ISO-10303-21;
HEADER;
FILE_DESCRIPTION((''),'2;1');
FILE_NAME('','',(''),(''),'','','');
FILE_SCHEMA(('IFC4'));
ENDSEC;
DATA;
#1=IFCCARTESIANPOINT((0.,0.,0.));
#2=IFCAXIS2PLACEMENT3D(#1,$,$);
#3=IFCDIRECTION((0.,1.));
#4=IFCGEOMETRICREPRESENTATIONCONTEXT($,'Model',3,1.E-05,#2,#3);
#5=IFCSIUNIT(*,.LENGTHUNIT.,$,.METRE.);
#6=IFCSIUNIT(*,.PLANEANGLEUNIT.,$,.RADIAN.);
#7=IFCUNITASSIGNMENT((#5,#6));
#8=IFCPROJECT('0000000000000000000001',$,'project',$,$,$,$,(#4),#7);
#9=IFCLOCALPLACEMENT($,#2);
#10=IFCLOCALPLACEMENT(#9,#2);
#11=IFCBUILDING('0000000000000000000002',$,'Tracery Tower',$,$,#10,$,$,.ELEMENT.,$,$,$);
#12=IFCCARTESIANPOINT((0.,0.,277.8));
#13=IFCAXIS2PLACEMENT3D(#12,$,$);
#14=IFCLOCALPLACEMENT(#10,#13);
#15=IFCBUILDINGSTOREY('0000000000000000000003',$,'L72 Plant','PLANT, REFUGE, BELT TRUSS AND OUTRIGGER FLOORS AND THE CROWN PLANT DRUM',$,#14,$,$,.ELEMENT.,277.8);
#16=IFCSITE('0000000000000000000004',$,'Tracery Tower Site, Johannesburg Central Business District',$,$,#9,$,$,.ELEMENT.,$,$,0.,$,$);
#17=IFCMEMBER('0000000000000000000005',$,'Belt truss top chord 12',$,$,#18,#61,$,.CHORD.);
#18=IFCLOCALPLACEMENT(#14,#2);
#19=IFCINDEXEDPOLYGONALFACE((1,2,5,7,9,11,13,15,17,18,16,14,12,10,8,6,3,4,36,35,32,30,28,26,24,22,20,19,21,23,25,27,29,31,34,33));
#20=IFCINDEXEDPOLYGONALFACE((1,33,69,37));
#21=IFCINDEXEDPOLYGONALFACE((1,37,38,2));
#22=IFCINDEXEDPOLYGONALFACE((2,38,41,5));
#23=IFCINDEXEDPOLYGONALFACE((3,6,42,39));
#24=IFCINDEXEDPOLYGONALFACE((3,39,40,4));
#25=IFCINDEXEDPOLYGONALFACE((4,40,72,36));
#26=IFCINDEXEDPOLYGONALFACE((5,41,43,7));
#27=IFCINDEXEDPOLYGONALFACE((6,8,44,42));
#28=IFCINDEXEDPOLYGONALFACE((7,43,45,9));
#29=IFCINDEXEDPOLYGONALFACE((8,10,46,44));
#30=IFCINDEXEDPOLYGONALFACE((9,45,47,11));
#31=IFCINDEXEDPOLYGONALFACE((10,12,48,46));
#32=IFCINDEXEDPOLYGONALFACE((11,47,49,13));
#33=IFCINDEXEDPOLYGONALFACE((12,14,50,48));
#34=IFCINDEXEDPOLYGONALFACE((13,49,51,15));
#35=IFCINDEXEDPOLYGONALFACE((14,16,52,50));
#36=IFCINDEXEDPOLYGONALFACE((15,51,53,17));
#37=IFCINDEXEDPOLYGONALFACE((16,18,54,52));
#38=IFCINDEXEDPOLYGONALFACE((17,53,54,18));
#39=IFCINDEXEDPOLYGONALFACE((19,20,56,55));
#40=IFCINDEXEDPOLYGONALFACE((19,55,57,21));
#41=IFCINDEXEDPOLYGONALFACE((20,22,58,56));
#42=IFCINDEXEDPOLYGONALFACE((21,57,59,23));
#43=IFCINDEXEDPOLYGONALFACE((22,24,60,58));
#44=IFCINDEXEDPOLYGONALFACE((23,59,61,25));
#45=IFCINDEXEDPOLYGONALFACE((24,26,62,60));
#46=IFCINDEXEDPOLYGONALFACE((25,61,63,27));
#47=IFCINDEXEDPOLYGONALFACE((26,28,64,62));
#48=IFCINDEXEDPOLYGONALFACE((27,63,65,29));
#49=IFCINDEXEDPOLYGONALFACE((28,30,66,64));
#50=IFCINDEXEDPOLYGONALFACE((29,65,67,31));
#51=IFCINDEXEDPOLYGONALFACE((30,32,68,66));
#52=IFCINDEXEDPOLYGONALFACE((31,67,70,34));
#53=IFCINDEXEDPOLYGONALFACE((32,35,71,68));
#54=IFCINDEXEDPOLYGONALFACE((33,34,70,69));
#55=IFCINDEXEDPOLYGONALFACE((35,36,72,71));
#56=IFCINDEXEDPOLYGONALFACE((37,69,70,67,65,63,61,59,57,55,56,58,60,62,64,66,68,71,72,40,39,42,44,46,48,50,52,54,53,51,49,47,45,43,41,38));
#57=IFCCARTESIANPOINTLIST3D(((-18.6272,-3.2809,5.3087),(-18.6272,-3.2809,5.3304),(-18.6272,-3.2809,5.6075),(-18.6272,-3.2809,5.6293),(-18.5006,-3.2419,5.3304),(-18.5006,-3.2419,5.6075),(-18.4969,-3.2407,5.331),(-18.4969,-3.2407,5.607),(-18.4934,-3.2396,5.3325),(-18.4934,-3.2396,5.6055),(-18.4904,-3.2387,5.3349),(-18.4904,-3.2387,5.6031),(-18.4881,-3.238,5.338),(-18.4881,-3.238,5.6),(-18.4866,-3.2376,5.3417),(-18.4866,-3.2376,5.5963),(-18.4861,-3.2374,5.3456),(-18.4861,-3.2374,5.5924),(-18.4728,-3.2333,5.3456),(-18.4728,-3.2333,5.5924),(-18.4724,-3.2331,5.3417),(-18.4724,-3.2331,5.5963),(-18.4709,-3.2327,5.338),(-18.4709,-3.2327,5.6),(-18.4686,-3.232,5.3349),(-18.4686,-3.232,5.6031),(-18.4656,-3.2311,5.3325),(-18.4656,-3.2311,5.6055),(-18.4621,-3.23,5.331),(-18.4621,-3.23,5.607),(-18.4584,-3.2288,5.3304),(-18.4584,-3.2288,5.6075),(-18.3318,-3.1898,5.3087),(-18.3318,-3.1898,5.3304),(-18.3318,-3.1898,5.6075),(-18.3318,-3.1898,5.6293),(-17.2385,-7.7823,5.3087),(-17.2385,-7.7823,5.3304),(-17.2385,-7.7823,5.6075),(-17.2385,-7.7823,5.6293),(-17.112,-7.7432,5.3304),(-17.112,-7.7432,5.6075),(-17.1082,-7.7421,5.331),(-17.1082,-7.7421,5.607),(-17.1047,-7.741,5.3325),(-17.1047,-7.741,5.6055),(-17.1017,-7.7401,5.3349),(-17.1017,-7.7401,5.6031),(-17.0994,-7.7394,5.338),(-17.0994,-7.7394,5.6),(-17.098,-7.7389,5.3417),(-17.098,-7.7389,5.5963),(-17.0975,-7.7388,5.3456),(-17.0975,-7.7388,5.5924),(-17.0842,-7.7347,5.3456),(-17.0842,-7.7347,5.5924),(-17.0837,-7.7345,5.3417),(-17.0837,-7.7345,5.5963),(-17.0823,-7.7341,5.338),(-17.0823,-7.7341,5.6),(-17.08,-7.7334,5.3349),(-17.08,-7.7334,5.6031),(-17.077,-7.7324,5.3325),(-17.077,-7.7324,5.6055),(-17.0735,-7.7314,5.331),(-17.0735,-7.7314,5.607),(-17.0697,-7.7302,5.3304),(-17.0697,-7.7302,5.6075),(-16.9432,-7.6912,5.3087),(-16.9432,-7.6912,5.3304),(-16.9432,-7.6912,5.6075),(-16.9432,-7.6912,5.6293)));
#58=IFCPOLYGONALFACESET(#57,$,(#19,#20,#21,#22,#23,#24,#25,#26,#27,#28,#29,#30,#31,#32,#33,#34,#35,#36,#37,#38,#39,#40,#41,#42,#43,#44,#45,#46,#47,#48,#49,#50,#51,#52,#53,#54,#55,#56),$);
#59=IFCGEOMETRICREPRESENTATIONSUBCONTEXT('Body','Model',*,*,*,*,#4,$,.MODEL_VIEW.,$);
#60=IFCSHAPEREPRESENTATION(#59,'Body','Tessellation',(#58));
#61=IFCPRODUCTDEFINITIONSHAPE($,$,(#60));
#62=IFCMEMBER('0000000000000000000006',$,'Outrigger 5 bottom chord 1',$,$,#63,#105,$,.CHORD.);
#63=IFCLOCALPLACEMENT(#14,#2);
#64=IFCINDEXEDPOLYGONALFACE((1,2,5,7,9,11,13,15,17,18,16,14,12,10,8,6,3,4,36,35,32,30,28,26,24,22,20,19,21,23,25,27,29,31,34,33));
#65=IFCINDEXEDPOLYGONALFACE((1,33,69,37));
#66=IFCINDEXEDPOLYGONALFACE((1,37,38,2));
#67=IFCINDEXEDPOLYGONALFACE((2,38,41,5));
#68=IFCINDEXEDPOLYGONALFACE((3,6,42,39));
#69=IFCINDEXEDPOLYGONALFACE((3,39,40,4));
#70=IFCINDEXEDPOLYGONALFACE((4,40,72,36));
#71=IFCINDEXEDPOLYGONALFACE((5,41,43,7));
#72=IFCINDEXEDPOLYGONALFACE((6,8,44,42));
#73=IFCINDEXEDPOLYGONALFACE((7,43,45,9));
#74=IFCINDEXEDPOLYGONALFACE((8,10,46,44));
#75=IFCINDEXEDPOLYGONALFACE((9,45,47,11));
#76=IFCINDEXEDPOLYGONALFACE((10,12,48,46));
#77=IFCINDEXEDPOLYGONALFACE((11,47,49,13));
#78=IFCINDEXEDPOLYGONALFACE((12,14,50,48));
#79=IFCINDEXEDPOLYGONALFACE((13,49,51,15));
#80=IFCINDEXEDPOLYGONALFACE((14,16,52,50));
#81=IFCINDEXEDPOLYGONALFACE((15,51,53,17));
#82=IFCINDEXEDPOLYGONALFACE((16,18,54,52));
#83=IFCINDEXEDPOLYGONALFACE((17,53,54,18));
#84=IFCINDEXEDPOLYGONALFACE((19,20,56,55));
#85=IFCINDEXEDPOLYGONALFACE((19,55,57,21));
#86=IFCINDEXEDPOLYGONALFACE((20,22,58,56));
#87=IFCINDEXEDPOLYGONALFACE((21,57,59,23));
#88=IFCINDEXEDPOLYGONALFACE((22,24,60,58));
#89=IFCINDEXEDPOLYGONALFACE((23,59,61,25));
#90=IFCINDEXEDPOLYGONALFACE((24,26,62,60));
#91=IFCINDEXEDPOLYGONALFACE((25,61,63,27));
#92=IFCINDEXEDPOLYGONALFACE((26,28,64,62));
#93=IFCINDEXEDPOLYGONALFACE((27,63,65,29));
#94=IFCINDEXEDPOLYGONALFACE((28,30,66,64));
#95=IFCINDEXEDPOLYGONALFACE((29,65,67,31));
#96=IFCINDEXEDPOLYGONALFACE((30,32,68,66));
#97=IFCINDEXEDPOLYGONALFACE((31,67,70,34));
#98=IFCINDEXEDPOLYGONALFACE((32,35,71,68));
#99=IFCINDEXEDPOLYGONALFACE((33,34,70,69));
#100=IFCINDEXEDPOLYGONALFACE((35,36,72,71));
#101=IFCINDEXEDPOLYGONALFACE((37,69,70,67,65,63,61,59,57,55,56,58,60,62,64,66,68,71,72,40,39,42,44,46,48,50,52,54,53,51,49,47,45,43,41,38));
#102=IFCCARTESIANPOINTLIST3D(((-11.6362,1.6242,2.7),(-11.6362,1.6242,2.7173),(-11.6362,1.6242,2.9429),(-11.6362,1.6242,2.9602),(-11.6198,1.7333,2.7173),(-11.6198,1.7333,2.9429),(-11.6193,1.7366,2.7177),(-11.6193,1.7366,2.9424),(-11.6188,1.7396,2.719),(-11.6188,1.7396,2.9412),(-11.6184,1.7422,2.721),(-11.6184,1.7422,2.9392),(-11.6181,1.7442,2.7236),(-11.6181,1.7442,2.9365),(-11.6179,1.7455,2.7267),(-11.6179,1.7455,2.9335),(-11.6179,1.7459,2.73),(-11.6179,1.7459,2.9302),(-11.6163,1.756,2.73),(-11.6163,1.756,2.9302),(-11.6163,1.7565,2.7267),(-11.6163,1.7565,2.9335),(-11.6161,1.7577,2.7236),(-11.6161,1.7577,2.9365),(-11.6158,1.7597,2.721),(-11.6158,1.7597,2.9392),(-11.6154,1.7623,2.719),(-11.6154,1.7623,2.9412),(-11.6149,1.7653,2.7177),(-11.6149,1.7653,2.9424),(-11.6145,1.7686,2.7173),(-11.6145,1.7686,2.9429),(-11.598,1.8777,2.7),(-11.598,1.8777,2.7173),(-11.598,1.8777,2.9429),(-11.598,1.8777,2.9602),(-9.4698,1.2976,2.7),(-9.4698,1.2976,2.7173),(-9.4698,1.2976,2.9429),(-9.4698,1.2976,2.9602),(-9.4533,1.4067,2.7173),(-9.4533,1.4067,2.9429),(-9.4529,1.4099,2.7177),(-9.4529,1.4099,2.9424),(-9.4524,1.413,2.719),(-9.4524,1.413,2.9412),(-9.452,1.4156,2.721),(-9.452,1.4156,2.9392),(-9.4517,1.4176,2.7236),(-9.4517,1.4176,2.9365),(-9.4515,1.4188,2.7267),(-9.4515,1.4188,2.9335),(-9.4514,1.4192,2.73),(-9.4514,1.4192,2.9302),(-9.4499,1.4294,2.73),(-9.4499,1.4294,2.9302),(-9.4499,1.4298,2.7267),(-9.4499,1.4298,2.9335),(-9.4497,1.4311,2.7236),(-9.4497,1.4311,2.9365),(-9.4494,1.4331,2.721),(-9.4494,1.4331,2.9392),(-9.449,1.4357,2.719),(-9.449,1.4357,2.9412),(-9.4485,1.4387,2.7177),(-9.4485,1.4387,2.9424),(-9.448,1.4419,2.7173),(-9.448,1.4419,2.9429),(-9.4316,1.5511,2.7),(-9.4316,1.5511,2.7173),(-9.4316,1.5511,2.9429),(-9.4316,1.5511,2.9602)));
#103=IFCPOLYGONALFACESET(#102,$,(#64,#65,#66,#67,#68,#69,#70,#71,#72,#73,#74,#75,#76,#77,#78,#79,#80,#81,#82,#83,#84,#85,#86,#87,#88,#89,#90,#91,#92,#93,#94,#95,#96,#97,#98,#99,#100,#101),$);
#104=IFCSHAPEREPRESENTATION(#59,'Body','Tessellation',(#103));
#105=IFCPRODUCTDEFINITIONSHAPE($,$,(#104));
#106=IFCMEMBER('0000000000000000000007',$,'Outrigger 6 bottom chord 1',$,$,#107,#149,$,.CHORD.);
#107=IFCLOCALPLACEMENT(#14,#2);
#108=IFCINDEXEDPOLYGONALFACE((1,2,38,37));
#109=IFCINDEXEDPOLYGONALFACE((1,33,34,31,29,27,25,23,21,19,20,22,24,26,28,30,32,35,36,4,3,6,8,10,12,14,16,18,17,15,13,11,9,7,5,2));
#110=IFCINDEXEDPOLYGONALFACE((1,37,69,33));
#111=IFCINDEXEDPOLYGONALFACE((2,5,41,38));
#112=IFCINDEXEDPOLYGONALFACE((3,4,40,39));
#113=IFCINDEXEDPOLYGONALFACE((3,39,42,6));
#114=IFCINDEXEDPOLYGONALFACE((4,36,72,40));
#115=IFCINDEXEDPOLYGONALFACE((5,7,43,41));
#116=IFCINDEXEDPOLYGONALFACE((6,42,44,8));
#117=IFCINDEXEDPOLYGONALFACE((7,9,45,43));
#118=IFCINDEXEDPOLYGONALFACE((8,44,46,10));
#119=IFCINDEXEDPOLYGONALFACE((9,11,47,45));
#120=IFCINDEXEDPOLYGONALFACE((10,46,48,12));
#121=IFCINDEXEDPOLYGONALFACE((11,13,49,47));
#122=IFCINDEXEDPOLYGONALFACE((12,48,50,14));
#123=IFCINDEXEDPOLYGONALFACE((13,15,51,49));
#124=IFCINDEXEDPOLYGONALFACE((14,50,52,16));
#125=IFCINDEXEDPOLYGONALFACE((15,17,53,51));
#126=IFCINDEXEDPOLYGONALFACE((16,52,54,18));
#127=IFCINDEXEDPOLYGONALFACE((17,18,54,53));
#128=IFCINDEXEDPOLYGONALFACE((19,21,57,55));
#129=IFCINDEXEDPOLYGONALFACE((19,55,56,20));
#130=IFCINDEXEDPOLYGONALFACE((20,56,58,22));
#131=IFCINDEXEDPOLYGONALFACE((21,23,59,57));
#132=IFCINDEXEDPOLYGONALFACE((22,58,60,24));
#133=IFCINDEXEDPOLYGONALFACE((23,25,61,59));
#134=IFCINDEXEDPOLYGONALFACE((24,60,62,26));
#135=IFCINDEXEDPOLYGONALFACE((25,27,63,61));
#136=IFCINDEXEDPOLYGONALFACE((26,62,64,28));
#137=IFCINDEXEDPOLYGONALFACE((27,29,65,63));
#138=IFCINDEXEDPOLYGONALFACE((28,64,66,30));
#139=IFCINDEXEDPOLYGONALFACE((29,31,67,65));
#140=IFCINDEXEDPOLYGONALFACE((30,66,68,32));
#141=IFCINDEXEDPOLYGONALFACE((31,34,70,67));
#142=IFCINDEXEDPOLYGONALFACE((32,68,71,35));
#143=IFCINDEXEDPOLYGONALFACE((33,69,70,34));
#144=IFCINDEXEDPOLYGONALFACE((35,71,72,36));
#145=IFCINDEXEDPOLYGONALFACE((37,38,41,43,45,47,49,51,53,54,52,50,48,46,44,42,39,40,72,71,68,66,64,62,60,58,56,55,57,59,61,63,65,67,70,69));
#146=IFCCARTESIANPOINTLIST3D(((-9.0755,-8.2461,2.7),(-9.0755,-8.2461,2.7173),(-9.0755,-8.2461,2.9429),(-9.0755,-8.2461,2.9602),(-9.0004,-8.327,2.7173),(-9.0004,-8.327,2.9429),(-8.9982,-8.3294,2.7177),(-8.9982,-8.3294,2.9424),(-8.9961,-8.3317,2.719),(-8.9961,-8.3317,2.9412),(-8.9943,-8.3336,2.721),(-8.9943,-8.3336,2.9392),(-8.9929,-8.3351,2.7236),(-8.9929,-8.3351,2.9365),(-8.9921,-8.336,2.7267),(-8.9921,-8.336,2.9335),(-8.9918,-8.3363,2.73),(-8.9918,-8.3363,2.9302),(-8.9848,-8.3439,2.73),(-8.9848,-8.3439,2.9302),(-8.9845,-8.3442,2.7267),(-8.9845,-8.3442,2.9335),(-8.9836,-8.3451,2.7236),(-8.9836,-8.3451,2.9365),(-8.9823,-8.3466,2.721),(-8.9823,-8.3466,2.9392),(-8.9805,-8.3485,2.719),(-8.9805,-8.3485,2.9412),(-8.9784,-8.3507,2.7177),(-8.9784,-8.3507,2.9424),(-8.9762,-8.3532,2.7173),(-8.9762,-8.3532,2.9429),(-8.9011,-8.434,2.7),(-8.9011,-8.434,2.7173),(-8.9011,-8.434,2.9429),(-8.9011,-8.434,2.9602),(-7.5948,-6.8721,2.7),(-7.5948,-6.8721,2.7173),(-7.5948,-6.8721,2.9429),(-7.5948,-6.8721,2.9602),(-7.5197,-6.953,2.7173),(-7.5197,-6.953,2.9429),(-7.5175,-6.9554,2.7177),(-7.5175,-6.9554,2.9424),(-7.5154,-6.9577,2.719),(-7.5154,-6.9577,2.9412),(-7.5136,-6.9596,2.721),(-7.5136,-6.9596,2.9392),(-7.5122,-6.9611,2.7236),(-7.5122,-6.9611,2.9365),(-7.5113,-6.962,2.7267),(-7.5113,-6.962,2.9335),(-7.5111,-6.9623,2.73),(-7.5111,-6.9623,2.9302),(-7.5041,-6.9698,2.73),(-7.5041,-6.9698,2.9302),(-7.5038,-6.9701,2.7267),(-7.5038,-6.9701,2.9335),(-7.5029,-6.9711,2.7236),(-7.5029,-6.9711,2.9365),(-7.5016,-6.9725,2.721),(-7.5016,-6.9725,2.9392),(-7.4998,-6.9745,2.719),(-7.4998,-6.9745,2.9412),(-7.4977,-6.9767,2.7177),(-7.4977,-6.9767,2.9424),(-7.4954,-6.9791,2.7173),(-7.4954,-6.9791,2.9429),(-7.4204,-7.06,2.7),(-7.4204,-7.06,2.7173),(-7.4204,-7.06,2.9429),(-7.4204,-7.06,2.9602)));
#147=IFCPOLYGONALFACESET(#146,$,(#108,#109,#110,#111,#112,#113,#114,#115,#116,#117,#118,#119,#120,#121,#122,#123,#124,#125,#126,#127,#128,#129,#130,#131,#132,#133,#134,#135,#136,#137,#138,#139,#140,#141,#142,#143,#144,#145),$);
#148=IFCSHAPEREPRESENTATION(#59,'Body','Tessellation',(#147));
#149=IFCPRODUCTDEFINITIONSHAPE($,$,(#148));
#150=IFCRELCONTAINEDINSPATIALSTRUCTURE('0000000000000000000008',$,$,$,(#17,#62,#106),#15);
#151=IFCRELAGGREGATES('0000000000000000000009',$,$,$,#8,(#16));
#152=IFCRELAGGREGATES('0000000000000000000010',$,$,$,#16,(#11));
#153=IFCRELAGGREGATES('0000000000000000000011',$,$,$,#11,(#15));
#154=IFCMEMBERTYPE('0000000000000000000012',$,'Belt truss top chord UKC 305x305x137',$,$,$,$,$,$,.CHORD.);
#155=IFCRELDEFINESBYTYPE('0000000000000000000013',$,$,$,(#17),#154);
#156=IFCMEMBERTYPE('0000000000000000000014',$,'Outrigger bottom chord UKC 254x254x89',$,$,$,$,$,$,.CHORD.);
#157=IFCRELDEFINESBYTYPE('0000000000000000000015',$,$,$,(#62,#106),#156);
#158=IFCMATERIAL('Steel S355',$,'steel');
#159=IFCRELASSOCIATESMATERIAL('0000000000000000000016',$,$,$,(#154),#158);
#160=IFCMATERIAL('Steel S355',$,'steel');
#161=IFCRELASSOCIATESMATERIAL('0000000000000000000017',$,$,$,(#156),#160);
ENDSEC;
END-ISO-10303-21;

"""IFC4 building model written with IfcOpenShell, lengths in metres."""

from ifc_helpers import new_model, si_unit, direction, frame, origin, origin_2d, place, context, subcontext, project, spatial, i_section, extrude, material, material_profile, profile_set, type_object, element, save


model = new_model("IFC4")

# Units and contexts
model_context = context("Model", 3, precision=1e-05, world=origin(), true_north=direction((0.0, 1.0)))
body_context = subcontext(model_context, "Body", "Model", "MODEL_VIEW")
ifc_project = project(units=[si_unit("LENGTHUNIT", "METRE"), si_unit("PLANEANGLEUNIT", "RADIAN")], contexts=[model_context])

# Site, building, storey
site_placement = place(None, origin())
site = spatial("IfcSite", under=ifc_project, at=site_placement, Name="Tracery Tower Site, Johannesburg Central Business District", CompositionType="ELEMENT", RefElevation=0.0)
building_placement = place(site_placement, origin())
building = spatial("IfcBuilding", under=site, at=building_placement, Name="Tracery Tower", CompositionType="ELEMENT")
storey_placement = place(building_placement, frame((0.0, 0.0, 277.8)))
storey = spatial("IfcBuildingStorey", under=building, at=storey_placement, Name="L72 Plant", Description="PLANT, REFUGE, BELT TRUSS AND OUTRIGGER FLOORS AND THE CROWN PLANT DRUM", CompositionType="ELEMENT", Elevation=277.8)

# Members
ifc_material_1 = material(Name="Steel S355", Category="steel")
ifc_material_profile_1 = material_profile(ifc_material_1, i_section(OverallWidth=0.3091, OverallDepth=0.3206, WebThickness=0.0139, FlangeThickness=0.0217, FilletRadius=0.0151, at=origin_2d()), Name="UKC 305x305x137")
ifc_profile_set_1 = profile_set([ifc_material_profile_1], Name="Steel S355")
member_type_1 = type_object("IfcMemberType", Name="Belt truss top chord UKC 305x305x137", PredefinedType="CHORD", material=ifc_profile_set_1)
member_1_placement = place(storey_placement, frame((-18.4795, -3.2354, 5.469), z_axis=(0.294785, -0.955564, 0.0), x_axis=(0.955564, 0.294785, 0.0)))
element("IfcMember", 1, at=member_1_placement, inside=storey, type_object=member_type_1, Name="Belt truss top chord 12", PredefinedType="CHORD", context=body_context, shape_type="SweptSolid", body=[
    extrude(i_section(OverallWidth=0.3091, OverallDepth=0.3206, WebThickness=0.0139, FlangeThickness=0.0217, FilletRadius=0.0151, at=origin_2d()), origin(), (0.0, 0.0, 1.0), 4.7107),
])
ifc_material_2 = material(Name="Steel S355", Category="steel")
ifc_material_profile_2 = material_profile(ifc_material_2, i_section(OverallWidth=0.2563, OverallDepth=0.2603, WebThickness=0.0103, FlangeThickness=0.0173, FilletRadius=0.0127, at=origin_2d()), Name="UKC 254x254x89")
ifc_profile_set_2 = profile_set([ifc_material_profile_2], Name="Steel S355")
member_type_2 = type_object("IfcMemberType", Name="Outrigger bottom chord UKC 254x254x89", PredefinedType="CHORD", material=ifc_profile_set_2)
member_2_placement = place(storey_placement, frame((-9.4507, 1.4243, 2.8301), z_axis=(-0.988823, 0.149092, 0.0), x_axis=(-0.149092, -0.988823, 0.0)))
element("IfcMember", 2, at=member_2_placement, inside=storey, type_object=member_type_2, Name="Outrigger 5 bottom chord 1", PredefinedType="CHORD", context=body_context, shape_type="SweptSolid", body=[
    extrude(i_section(OverallWidth=0.2563, OverallDepth=0.2603, WebThickness=0.0103, FlangeThickness=0.0173, FilletRadius=0.0127, at=origin_2d()), origin(), (0.0, 0.0, 1.0), 2.1909),
])
member_3_placement = place(storey_placement, frame((-7.5076, -6.9661, 2.8301), z_axis=(-0.733022, -0.680205, 0.0), x_axis=(0.680205, -0.733022, 0.0)))
element("IfcMember", 3, at=member_3_placement, inside=storey, type_object=member_type_2, Name="Outrigger 6 bottom chord 1", PredefinedType="CHORD", context=body_context, shape_type="SweptSolid", body=[
    extrude(i_section(OverallWidth=0.2563, OverallDepth=0.2603, WebThickness=0.0103, FlangeThickness=0.0173, FilletRadius=0.0127, at=origin_2d()), origin(), (0.0, 0.0, 1.0), 2.02),
])

save(model, "model.ifc")
